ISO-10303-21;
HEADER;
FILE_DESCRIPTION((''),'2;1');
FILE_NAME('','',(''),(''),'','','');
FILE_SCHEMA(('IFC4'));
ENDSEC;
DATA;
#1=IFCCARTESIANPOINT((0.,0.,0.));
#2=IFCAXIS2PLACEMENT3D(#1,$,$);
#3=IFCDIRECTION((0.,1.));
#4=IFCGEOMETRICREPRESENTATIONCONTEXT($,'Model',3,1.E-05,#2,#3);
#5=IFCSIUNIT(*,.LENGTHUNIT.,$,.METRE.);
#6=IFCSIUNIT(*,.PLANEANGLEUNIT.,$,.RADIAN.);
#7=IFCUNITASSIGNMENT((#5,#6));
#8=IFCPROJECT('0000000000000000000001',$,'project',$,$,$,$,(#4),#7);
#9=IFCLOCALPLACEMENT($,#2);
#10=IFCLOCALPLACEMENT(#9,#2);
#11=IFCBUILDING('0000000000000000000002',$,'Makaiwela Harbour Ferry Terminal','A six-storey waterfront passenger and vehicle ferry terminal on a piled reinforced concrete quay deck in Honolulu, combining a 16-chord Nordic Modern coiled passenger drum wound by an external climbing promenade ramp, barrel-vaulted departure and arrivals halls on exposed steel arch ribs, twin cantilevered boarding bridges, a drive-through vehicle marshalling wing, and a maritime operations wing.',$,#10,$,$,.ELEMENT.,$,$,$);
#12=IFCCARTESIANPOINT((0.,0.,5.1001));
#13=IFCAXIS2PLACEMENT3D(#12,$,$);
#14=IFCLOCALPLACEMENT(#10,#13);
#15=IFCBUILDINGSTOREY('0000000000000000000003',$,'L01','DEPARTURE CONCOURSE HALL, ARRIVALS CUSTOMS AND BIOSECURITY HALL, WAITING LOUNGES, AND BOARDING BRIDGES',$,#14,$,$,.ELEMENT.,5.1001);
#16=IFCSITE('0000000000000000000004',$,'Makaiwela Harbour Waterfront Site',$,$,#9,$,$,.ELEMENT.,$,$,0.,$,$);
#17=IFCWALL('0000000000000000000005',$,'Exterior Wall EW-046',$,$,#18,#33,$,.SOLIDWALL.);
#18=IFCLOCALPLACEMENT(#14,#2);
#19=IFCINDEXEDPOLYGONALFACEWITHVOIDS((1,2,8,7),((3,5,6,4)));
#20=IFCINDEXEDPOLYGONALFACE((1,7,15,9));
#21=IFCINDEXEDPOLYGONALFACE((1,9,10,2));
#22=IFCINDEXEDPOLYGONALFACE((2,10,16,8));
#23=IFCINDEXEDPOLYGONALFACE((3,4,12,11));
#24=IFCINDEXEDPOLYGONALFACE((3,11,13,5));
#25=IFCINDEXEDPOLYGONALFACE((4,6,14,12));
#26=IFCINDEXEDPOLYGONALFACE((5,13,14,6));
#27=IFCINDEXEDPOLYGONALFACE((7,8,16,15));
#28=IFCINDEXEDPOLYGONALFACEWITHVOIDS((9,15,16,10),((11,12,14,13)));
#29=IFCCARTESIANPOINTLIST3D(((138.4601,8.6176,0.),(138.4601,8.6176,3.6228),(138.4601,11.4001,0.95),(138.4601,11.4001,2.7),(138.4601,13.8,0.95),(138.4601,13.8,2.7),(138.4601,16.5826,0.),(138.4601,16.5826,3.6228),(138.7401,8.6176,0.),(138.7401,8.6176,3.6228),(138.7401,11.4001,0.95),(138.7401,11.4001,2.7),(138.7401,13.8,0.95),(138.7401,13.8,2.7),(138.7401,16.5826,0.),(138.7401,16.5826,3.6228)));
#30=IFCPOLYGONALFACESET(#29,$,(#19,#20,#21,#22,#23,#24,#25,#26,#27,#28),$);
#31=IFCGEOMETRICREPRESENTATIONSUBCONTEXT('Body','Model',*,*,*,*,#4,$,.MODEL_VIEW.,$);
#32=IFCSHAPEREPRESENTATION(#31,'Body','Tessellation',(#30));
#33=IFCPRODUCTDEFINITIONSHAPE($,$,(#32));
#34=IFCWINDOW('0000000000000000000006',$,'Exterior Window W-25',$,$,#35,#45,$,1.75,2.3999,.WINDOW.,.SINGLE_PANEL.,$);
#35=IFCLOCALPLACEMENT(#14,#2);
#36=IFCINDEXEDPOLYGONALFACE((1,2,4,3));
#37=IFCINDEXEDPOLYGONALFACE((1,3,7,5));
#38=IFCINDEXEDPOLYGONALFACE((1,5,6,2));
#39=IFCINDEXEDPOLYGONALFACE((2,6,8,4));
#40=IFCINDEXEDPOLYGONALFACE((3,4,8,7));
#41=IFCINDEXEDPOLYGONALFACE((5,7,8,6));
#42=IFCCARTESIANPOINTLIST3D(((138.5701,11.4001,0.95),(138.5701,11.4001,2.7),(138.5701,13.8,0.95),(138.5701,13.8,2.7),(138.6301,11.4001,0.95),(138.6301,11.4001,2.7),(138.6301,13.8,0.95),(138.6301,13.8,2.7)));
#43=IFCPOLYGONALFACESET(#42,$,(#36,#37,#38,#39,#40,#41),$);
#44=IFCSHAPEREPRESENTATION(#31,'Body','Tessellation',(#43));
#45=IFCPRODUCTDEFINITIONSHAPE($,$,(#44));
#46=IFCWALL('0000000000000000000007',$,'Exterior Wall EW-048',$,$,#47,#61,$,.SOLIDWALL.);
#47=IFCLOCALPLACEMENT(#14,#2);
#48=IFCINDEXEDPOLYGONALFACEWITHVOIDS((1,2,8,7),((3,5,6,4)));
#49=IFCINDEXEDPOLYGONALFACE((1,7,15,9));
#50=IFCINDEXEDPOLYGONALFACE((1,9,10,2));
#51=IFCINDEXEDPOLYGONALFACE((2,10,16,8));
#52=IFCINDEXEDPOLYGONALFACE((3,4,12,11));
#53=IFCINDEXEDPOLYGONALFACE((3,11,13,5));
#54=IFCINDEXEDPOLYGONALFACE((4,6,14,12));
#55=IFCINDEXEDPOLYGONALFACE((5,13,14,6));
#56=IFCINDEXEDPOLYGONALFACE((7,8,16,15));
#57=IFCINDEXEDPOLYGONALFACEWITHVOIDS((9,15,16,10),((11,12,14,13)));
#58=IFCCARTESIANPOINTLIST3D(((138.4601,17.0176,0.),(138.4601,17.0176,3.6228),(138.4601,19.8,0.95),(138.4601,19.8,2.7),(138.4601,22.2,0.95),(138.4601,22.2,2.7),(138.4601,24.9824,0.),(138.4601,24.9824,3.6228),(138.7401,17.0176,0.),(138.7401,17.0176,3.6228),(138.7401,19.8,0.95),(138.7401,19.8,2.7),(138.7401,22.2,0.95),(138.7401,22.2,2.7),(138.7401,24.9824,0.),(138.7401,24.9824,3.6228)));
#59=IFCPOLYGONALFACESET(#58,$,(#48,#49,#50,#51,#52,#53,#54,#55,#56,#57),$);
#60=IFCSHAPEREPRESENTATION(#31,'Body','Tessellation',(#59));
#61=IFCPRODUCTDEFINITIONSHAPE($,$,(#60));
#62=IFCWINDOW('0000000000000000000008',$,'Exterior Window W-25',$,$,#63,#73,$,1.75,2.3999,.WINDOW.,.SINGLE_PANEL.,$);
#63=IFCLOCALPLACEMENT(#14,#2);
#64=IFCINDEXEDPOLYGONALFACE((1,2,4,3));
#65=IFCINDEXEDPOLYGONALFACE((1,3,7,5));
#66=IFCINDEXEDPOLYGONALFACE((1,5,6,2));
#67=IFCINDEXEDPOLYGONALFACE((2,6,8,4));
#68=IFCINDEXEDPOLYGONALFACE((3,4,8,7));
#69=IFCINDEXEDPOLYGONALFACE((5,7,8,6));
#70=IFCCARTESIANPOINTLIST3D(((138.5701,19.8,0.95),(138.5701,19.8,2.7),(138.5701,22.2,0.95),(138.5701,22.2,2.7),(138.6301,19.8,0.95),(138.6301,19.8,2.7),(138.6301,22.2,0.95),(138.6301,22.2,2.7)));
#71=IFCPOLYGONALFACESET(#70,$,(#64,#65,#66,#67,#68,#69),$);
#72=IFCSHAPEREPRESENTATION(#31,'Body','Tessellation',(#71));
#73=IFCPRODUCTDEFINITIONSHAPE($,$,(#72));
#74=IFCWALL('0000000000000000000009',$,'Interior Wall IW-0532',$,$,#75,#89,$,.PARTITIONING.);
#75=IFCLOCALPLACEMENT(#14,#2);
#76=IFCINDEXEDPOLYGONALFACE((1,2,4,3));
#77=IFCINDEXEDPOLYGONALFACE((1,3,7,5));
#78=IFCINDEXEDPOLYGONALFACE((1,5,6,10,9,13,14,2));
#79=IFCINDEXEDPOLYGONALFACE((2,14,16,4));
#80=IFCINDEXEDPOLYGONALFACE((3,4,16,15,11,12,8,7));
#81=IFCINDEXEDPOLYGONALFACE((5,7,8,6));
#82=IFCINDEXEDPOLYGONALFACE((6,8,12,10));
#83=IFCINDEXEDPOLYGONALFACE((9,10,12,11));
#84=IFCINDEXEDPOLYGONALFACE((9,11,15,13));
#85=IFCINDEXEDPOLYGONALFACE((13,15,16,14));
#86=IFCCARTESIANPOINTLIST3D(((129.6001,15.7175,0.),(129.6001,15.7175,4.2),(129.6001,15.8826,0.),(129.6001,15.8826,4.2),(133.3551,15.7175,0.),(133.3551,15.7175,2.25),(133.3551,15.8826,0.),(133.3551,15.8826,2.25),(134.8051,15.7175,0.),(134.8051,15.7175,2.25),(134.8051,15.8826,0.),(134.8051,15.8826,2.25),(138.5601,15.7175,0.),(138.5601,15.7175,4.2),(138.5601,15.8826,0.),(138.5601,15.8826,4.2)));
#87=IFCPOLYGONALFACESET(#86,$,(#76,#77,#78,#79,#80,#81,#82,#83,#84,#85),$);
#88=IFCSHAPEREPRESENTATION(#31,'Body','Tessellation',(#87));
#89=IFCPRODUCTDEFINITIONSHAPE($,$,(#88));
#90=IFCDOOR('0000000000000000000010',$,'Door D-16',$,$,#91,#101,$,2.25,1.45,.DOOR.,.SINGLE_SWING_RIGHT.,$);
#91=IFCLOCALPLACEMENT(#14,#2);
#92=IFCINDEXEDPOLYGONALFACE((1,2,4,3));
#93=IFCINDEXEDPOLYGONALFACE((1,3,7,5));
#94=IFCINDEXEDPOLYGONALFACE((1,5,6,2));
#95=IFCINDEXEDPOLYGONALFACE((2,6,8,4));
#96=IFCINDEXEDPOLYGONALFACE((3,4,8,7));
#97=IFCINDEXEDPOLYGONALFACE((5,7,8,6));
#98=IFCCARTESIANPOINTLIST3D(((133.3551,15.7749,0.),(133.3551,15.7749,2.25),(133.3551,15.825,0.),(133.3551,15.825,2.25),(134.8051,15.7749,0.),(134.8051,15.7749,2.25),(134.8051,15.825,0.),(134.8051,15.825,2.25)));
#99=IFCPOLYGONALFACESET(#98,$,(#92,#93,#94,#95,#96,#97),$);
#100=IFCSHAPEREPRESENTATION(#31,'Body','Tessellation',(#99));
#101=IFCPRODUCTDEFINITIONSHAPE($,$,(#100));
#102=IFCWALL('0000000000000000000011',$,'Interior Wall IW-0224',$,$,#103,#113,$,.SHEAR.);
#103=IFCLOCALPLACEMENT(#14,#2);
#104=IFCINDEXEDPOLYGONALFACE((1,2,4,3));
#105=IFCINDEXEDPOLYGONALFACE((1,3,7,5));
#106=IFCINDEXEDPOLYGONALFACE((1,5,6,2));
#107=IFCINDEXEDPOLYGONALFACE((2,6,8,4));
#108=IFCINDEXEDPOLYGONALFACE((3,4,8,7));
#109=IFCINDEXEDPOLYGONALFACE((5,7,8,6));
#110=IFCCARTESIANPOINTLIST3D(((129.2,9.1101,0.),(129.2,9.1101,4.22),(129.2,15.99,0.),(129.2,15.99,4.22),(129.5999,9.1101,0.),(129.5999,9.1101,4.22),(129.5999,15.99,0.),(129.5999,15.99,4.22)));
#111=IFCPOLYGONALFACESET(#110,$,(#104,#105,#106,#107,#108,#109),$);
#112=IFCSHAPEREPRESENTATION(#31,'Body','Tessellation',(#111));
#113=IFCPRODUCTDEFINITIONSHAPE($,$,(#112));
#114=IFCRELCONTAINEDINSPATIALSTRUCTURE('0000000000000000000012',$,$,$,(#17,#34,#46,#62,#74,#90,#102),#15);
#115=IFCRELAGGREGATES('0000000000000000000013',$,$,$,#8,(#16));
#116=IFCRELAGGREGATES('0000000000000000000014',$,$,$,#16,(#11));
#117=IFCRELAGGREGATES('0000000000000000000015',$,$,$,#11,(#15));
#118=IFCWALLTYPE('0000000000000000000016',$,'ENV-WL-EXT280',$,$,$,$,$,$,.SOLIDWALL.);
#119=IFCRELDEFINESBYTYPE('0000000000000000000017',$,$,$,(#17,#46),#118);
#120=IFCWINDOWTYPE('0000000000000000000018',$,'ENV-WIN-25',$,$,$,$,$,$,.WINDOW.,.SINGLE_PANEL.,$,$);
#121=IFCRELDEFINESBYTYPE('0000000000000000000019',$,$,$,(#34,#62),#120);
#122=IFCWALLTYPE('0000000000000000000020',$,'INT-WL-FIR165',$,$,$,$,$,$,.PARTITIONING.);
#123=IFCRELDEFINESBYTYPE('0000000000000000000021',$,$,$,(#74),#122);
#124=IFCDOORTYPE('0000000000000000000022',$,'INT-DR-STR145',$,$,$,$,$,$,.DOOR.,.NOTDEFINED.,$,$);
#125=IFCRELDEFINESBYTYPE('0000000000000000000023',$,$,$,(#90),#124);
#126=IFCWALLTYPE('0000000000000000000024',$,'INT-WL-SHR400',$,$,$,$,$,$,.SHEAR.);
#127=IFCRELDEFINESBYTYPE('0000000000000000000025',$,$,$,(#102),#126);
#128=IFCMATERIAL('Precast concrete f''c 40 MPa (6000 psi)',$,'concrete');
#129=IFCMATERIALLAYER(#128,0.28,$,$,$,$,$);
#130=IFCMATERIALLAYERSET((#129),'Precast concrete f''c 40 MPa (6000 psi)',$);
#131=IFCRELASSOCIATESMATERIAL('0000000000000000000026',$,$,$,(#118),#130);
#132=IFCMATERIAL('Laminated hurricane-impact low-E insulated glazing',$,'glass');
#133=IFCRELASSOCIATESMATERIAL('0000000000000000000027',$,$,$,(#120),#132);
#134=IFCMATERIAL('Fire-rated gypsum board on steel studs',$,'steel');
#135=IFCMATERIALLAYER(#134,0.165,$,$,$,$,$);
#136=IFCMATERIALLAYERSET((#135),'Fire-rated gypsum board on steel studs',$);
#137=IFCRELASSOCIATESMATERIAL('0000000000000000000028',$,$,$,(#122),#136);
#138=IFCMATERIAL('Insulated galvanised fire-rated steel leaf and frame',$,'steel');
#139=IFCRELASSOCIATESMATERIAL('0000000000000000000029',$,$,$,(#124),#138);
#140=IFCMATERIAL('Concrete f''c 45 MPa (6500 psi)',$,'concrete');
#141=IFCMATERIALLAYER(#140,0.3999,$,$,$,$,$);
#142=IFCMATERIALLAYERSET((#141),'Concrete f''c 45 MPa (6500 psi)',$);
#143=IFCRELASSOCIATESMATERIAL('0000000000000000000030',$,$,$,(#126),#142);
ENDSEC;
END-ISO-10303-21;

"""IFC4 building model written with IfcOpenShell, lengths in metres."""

from ifc_helpers import new_model, si_unit, direction, frame, frame_2d, origin, place, context, subcontext, project, spatial, rectangle, extrude, material, layer, layer_set, type_object, element, fill, save


model = new_model("IFC4")

# Units and contexts
model_context = context("Model", 3, precision=1e-05, world=origin(), true_north=direction((0.0, 1.0)))
body_context = subcontext(model_context, "Body", "Model", "MODEL_VIEW")
ifc_project = project(units=[si_unit("LENGTHUNIT", "METRE"), si_unit("PLANEANGLEUNIT", "RADIAN")], contexts=[model_context])

# Site, building, storey
site_placement = place(None, origin())
site = spatial("IfcSite", under=ifc_project, at=site_placement, Name="Makaiwela Harbour Waterfront Site", CompositionType="ELEMENT", RefElevation=0.0)
building_placement = place(site_placement, origin())
building = spatial("IfcBuilding", under=site, at=building_placement, Name="Makaiwela Harbour Ferry Terminal", Description="A six-storey waterfront passenger and vehicle ferry terminal on a piled reinforced concrete quay deck in Honolulu, combining a 16-chord Nordic Modern coiled passenger drum wound by an external climbing promenade ramp, barrel-vaulted departure and arrivals halls on exposed steel arch ribs, twin cantilevered boarding bridges, a drive-through vehicle marshalling wing, and a maritime operations wing.", CompositionType="ELEMENT")
storey_placement = place(building_placement, frame((0.0, 0.0, 5.1001)))
storey = spatial("IfcBuildingStorey", under=building, at=storey_placement, Name="L01", Description="DEPARTURE CONCOURSE HALL, ARRIVALS CUSTOMS AND BIOSECURITY HALL, WAITING LOUNGES, AND BOARDING BRIDGES", CompositionType="ELEMENT", Elevation=5.1001)

# Shared definitions
ifc_material_1 = material(Name="Precast concrete f'c 40 MPa (6000 psi)", Category="concrete")
ifc_layer_1 = layer(ifc_material_1, 0.28)
ifc_layer_set_1 = layer_set([ifc_layer_1], Name="Precast concrete f'c 40 MPa (6000 psi)")
wall_type_1 = type_object("IfcWallType", Name="ENV-WL-EXT280", PredefinedType="SOLIDWALL", material=ifc_layer_set_1)
ifc_material_2 = material(Name="Laminated hurricane-impact low-E insulated glazing", Category="glass")

# Walls, openings, windows
window_type_1 = type_object("IfcWindowType", Name="ENV-WIN-25", PartitioningType="SINGLE_PANEL", PredefinedType="WINDOW", material=ifc_material_2)
wall_1_placement = place(storey_placement, frame((138.6001, 16.5825, 0.0), z_axis=(0.0, 0.0, 1.0), x_axis=(0.0, -1.0, 0.0)))
wall_1 = element("IfcWall", 1, at=wall_1_placement, inside=storey, type_object=wall_type_1, Name="Exterior Wall EW-046", PredefinedType="SOLIDWALL", context=body_context, shape_type="SweptSolid", body=[
    extrude(rectangle(XDim=7.9651, YDim=0.28, at=frame_2d((3.9824, 0.0))), origin(), (0.0, 0.0, 1.0), 3.6228),
])
opening_1_placement = place(wall_1_placement, frame((2.7825, 0.0, 0.95)))
opening_1 = element("IfcOpeningElement", 2, at=opening_1_placement, cuts=wall_1, PredefinedType="OPENING", context=body_context, shape_type="SweptSolid", body=[
    extrude(rectangle(XDim=2.3999, YDim=1.75, at=frame_2d((1.2, 0.875))), frame((0.0, 0.1499, 0.0), z_axis=(0.0, -1.0, 0.0), x_axis=(1.0, 0.0, 0.0)), (0.0, 0.0, 1.0), 0.3),
])
window_1_placement = place(opening_1_placement, origin())
window_1 = element("IfcWindow", 3, at=window_1_placement, inside=storey, type_object=window_type_1, Name="Exterior Window W-25", OverallHeight=1.75, OverallWidth=2.3999, PartitioningType="SINGLE_PANEL", PredefinedType="WINDOW", context=body_context, shape_type="SweptSolid", body=[
    extrude(rectangle(XDim=2.3999, YDim=1.75, at=frame_2d((1.2, 0.875))), frame((0.0, 0.03, 0.0), z_axis=(0.0, -1.0, 0.0), x_axis=(1.0, 0.0, 0.0)), (0.0, 0.0, 1.0), 0.0601),
])
fill(opening_1, window_1)
wall_2_placement = place(storey_placement, frame((138.6001, 24.9824, 0.0), z_axis=(0.0, 0.0, 1.0), x_axis=(0.0, -1.0, 0.0)))
wall_2 = element("IfcWall", 4, at=wall_2_placement, inside=storey, type_object=wall_type_1, Name="Exterior Wall EW-048", PredefinedType="SOLIDWALL", context=body_context, shape_type="SweptSolid", body=[
    extrude(rectangle(XDim=7.9648, YDim=0.28, at=frame_2d((3.9824, 0.0))), origin(), (0.0, 0.0, 1.0), 3.6228),
])
opening_2_placement = place(wall_2_placement, frame((2.7825, 0.0, 0.95)))
opening_2 = element("IfcOpeningElement", 5, at=opening_2_placement, cuts=wall_2, PredefinedType="OPENING", context=body_context, shape_type="SweptSolid", body=[
    extrude(rectangle(XDim=2.3999, YDim=1.75, at=frame_2d((1.2, 0.875))), frame((0.0, 0.1499, 0.0), z_axis=(0.0, -1.0, 0.0), x_axis=(1.0, 0.0, 0.0)), (0.0, 0.0, 1.0), 0.3),
])
window_2_placement = place(opening_2_placement, origin())
window_2 = element("IfcWindow", 6, at=window_2_placement, inside=storey, type_object=window_type_1, Name="Exterior Window W-25", OverallHeight=1.75, OverallWidth=2.3999, PartitioningType="SINGLE_PANEL", PredefinedType="WINDOW", context=body_context, shape_type="SweptSolid", body=[
    extrude(rectangle(XDim=2.3999, YDim=1.75, at=frame_2d((1.2, 0.875))), frame((0.0, 0.03, 0.0), z_axis=(0.0, -1.0, 0.0), x_axis=(1.0, 0.0, 0.0)), (0.0, 0.0, 1.0), 0.0601),
])
fill(opening_2, window_2)

# Wall, opening, door
ifc_material_3 = material(Name="Fire-rated gypsum board on steel studs", Category="steel")
ifc_layer_2 = layer(ifc_material_3, 0.165)
ifc_layer_set_2 = layer_set([ifc_layer_2], Name="Fire-rated gypsum board on steel studs")
wall_type_2 = type_object("IfcWallType", Name="INT-WL-FIR165", PredefinedType="PARTITIONING", material=ifc_layer_set_2)
wall_3_placement = place(storey_placement, frame((129.6001, 15.8, 0.0), z_axis=(0.0, 0.0, 1.0), x_axis=(1.0, 0.0, 0.0)))
wall_3 = element("IfcWall", 7, at=wall_3_placement, inside=storey, type_object=wall_type_2, Name="Interior Wall IW-0532", PredefinedType="PARTITIONING", context=body_context, shape_type="SweptSolid", body=[
    extrude(rectangle(XDim=8.96, YDim=0.165, at=frame_2d((4.48, 0.0))), origin(), (0.0, 0.0, 1.0), 4.2),
])
opening_3_placement = place(wall_3_placement, frame((3.7549, 0.0, 0.0)))
opening_3 = element("IfcOpeningElement", 8, at=opening_3_placement, cuts=wall_3, PredefinedType="OPENING", context=body_context, shape_type="SweptSolid", body=[
    extrude(rectangle(XDim=1.45, YDim=2.25, at=frame_2d((0.7251, 1.125))), frame((0.0, 0.0925, 0.0), z_axis=(0.0, -1.0, 0.0), x_axis=(1.0, 0.0, 0.0)), (0.0, 0.0, 1.0), 0.1851),
])
ifc_material_4 = material(Name="Insulated galvanised fire-rated steel leaf and frame", Category="steel")
door_type = type_object("IfcDoorType", Name="INT-DR-STR145", OperationType="NOTDEFINED", PredefinedType="DOOR", material=ifc_material_4)
door_placement = place(opening_3_placement, origin())
door = element("IfcDoor", 9, at=door_placement, inside=storey, type_object=door_type, Name="Door D-16", OperationType="SINGLE_SWING_RIGHT", OverallHeight=2.25, OverallWidth=1.45, PredefinedType="DOOR", context=body_context, shape_type="SweptSolid", body=[
    extrude(rectangle(XDim=1.45, YDim=2.25, at=frame_2d((0.7251, 1.125))), frame((0.0, 0.0249, 0.0), z_axis=(0.0, -1.0, 0.0), x_axis=(1.0, 0.0, 0.0)), (0.0, 0.0, 1.0), 0.05),
])
fill(opening_3, door)

# Wall
ifc_material_5 = material(Name="Concrete f'c 45 MPa (6500 psi)", Category="concrete")
ifc_layer_3 = layer(ifc_material_5, 0.3999)
ifc_layer_set_3 = layer_set([ifc_layer_3], Name="Concrete f'c 45 MPa (6500 psi)")
wall_type_3 = type_object("IfcWallType", Name="INT-WL-SHR400", PredefinedType="SHEAR", material=ifc_layer_set_3)
wall_4_placement = place(storey_placement, frame((129.3999, 9.1101, 0.0), z_axis=(0.0, 0.0, 1.0), x_axis=(0.0, 1.0, 0.0)))
element("IfcWall", 10, at=wall_4_placement, inside=storey, type_object=wall_type_3, Name="Interior Wall IW-0224", PredefinedType="SHEAR", context=body_context, shape_type="SweptSolid", body=[
    extrude(rectangle(XDim=6.8799, YDim=0.3999, at=frame_2d((3.4399, 0.0))), origin(), (0.0, 0.0, 1.0), 4.22),
])

save(model, "model.ifc")
